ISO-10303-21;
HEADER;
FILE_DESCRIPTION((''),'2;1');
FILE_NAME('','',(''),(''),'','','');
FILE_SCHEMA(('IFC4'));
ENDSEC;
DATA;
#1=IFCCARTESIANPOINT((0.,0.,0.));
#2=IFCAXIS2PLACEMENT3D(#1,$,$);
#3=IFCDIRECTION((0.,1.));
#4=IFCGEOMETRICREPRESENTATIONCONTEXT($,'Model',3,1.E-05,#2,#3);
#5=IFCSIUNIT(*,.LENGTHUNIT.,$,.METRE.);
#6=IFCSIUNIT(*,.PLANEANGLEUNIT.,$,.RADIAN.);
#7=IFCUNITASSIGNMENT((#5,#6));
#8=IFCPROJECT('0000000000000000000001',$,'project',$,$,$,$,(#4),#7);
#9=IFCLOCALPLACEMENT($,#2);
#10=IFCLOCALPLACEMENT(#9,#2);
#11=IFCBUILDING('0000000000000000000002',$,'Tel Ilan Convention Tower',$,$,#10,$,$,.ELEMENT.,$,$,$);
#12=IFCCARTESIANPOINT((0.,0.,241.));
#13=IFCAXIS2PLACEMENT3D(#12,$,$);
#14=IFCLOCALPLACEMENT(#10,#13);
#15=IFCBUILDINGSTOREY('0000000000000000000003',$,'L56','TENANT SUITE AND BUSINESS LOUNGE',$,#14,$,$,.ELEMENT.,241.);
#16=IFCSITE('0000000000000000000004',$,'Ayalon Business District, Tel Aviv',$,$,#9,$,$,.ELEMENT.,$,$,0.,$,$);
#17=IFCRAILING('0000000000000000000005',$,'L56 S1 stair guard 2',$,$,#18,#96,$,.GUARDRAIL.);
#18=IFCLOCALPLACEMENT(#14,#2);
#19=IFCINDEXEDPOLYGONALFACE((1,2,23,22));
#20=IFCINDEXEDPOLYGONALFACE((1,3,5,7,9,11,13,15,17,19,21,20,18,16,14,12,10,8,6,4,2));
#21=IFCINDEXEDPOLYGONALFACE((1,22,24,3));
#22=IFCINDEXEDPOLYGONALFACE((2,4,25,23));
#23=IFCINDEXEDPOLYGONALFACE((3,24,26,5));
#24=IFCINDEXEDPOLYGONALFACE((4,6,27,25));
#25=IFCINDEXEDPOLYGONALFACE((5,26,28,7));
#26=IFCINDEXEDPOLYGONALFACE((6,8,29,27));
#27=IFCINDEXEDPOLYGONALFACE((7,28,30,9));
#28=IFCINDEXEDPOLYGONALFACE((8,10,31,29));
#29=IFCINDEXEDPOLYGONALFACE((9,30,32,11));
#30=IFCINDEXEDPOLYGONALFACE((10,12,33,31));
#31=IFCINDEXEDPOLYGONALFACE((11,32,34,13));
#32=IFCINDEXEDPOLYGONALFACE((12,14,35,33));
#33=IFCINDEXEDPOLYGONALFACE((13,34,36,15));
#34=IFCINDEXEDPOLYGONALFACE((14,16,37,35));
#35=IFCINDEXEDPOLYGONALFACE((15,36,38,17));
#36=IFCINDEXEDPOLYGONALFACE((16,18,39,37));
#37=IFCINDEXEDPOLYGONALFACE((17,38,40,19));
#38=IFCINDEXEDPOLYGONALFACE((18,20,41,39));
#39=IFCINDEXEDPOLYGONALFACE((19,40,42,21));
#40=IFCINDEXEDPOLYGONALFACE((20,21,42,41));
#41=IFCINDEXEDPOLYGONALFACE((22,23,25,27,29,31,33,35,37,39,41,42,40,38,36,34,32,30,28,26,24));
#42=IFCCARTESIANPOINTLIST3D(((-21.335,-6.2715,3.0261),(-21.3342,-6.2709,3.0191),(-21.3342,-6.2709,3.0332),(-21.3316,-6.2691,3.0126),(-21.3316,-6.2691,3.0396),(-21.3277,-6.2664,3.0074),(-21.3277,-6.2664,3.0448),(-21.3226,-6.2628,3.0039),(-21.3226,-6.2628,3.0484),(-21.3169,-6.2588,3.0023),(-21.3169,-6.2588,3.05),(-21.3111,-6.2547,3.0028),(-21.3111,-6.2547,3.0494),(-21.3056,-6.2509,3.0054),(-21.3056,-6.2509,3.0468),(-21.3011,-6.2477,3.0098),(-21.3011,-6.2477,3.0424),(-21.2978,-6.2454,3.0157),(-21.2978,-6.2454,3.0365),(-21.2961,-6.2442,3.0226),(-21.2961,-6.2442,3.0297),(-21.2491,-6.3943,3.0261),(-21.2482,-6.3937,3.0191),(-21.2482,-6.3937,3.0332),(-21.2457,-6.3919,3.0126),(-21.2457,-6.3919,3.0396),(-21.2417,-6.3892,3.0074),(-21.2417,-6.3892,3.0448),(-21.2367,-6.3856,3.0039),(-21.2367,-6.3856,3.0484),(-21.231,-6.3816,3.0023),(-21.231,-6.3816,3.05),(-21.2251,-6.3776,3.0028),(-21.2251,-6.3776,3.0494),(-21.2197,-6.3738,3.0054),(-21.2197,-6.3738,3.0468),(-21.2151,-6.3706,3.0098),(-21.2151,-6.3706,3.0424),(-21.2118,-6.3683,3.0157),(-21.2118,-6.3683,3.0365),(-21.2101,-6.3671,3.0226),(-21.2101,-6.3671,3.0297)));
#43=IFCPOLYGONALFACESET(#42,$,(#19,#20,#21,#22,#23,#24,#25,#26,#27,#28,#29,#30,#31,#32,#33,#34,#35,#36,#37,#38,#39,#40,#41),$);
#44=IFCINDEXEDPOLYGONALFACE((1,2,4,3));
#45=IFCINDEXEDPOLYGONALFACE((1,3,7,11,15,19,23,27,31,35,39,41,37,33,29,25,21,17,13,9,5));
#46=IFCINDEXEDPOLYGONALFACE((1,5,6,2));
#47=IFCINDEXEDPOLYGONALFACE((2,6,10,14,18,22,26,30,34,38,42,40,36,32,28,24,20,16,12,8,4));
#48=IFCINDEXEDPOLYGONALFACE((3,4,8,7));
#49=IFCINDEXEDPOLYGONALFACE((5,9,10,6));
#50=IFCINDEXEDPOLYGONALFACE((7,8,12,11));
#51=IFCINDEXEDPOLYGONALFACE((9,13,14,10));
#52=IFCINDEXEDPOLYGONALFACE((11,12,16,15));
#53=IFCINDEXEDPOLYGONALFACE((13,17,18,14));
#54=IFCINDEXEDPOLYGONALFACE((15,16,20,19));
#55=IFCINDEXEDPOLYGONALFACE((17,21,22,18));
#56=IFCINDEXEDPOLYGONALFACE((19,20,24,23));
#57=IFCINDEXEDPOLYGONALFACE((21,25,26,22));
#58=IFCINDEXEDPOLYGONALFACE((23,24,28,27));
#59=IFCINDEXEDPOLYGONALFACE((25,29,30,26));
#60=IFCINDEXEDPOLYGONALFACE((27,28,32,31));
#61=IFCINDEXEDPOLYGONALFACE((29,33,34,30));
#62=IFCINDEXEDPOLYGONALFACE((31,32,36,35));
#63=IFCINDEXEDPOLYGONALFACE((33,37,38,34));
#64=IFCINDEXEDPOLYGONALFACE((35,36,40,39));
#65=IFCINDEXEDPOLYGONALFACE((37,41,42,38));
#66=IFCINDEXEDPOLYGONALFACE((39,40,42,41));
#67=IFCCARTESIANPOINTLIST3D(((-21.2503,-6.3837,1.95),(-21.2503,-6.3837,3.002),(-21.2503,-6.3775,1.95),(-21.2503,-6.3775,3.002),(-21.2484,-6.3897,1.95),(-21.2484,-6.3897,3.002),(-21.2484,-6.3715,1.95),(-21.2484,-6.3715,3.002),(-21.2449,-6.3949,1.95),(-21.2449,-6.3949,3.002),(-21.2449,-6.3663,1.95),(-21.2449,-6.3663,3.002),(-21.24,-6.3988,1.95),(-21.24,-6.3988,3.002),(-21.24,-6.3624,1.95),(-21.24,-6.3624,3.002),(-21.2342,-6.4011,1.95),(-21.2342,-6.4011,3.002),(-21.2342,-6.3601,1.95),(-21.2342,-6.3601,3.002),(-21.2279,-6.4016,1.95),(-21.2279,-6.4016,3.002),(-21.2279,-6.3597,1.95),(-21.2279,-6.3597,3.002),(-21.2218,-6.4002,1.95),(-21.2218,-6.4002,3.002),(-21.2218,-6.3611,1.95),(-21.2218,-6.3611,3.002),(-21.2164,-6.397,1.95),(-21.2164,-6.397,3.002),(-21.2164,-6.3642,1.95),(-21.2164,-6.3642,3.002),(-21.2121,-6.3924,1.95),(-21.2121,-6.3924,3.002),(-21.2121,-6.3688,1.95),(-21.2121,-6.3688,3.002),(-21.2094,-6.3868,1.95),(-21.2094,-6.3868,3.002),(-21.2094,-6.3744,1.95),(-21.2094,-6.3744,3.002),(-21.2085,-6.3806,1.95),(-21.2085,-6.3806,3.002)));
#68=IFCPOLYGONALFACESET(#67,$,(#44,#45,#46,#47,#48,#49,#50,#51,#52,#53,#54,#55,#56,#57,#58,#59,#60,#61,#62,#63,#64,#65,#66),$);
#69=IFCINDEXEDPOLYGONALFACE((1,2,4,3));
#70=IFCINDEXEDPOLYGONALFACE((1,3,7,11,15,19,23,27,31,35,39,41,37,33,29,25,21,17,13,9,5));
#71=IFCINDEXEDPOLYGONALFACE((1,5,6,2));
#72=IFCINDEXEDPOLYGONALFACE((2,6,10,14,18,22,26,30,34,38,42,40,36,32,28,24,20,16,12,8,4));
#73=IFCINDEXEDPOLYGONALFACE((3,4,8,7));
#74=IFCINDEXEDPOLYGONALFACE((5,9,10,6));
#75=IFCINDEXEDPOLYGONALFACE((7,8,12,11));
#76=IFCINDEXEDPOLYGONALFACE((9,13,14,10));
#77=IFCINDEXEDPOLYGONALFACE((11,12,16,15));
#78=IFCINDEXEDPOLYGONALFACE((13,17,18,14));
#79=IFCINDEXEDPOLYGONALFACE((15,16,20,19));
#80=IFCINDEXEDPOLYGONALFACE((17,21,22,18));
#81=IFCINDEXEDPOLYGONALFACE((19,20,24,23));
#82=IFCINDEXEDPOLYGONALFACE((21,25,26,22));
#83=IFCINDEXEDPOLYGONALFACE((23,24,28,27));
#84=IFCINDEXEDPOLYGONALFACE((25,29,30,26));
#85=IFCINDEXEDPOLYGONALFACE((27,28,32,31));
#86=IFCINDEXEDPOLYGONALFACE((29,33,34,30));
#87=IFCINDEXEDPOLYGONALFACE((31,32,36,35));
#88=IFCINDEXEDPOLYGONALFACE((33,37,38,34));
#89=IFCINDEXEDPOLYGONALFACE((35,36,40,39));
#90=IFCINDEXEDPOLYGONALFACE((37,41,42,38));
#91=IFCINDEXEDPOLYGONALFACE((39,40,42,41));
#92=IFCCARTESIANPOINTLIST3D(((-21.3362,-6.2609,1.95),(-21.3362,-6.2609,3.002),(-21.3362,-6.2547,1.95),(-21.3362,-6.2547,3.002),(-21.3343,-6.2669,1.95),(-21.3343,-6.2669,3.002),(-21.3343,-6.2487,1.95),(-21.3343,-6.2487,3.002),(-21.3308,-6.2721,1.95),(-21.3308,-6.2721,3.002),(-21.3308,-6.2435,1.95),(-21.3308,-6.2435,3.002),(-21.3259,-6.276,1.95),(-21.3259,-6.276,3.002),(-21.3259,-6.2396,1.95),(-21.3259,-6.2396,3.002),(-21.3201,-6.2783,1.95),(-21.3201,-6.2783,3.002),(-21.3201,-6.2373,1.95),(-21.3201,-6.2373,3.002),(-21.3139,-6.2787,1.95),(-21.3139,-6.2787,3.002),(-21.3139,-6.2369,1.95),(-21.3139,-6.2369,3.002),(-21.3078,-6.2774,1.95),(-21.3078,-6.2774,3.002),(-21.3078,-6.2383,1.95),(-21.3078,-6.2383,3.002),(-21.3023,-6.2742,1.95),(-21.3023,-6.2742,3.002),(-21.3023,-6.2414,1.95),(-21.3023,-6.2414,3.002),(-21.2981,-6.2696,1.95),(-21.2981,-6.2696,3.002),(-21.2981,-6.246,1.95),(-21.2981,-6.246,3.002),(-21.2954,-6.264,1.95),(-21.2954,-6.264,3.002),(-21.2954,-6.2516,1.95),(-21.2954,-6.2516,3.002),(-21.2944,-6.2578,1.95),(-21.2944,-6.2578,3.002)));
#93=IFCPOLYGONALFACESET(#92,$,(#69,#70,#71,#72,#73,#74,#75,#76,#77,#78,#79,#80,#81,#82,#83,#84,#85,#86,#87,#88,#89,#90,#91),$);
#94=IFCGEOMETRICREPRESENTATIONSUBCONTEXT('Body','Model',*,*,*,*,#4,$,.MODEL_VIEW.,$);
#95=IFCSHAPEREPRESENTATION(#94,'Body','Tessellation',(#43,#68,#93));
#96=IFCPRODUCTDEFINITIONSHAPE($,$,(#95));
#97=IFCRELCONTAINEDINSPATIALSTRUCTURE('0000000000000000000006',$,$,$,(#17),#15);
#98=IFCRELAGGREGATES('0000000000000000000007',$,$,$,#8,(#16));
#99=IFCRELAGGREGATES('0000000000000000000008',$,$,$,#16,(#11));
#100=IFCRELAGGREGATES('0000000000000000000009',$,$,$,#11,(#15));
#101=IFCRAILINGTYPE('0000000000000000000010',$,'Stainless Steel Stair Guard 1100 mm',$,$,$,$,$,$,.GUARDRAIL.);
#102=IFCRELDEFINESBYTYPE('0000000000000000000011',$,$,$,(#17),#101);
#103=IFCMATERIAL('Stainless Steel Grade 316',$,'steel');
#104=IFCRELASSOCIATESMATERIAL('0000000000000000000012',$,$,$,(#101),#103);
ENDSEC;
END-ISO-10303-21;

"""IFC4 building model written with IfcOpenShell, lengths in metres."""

from ifc_helpers import new_model, si_unit, direction, frame, origin, origin_2d, place, context, subcontext, project, spatial, circle, extrude, material, type_object, element, save


model = new_model("IFC4")

# Units and contexts
model_context = context("Model", 3, precision=1e-05, world=origin(), true_north=direction((0.0, 1.0)))
body_context = subcontext(model_context, "Body", "Model", "MODEL_VIEW")
ifc_project = project(units=[si_unit("LENGTHUNIT", "METRE"), si_unit("PLANEANGLEUNIT", "RADIAN")], contexts=[model_context])

# Site, building, storey
site_placement = place(None, origin())
site = spatial("IfcSite", under=ifc_project, at=site_placement, Name="Ayalon Business District, Tel Aviv", CompositionType="ELEMENT", RefElevation=0.0)
building_placement = place(site_placement, origin())
building = spatial("IfcBuilding", under=site, at=building_placement, Name="Tel Ilan Convention Tower", CompositionType="ELEMENT")
storey_placement = place(building_placement, frame((0.0, 0.0, 241.0)))
storey = spatial("IfcBuildingStorey", under=building, at=storey_placement, Name="L56", Description="TENANT SUITE AND BUSINESS LOUNGE", CompositionType="ELEMENT", Elevation=241.0)

# Railing
ifc_material_1 = material(Name="Stainless Steel Grade 316", Category="steel")
railing_type_1 = type_object("IfcRailingType", Name="Stainless Steel Stair Guard 1100 mm", PredefinedType="GUARDRAIL", material=ifc_material_1)
railing_1_placement = place(storey_placement, frame((-21.2295, -6.3806, 1.95)))
element("IfcRailing", 1, at=railing_1_placement, inside=storey, type_object=railing_type_1, Name="L56 S1 stair guard 2", PredefinedType="GUARDRAIL", context=body_context, shape_type="SweptSolid", body=[
    extrude(circle(Radius=0.0239, at=origin_2d()), frame((0.0, 0.0, 1.0762), z_axis=(-0.573353, 0.819308, 0.0), x_axis=(-0.819308, -0.573353, 0.0)), (0.0, 0.0, 1.0), 0.1499),
    extrude(circle(Radius=0.021, at=origin_2d()), origin(), (0.0, 0.0, 1.0), 1.052),
    extrude(circle(Radius=0.021, at=origin_2d()), frame((-0.0859, 0.1228, 0.0)), (0.0, 0.0, 1.0), 1.052),
])

save(model, "model.ifc")
